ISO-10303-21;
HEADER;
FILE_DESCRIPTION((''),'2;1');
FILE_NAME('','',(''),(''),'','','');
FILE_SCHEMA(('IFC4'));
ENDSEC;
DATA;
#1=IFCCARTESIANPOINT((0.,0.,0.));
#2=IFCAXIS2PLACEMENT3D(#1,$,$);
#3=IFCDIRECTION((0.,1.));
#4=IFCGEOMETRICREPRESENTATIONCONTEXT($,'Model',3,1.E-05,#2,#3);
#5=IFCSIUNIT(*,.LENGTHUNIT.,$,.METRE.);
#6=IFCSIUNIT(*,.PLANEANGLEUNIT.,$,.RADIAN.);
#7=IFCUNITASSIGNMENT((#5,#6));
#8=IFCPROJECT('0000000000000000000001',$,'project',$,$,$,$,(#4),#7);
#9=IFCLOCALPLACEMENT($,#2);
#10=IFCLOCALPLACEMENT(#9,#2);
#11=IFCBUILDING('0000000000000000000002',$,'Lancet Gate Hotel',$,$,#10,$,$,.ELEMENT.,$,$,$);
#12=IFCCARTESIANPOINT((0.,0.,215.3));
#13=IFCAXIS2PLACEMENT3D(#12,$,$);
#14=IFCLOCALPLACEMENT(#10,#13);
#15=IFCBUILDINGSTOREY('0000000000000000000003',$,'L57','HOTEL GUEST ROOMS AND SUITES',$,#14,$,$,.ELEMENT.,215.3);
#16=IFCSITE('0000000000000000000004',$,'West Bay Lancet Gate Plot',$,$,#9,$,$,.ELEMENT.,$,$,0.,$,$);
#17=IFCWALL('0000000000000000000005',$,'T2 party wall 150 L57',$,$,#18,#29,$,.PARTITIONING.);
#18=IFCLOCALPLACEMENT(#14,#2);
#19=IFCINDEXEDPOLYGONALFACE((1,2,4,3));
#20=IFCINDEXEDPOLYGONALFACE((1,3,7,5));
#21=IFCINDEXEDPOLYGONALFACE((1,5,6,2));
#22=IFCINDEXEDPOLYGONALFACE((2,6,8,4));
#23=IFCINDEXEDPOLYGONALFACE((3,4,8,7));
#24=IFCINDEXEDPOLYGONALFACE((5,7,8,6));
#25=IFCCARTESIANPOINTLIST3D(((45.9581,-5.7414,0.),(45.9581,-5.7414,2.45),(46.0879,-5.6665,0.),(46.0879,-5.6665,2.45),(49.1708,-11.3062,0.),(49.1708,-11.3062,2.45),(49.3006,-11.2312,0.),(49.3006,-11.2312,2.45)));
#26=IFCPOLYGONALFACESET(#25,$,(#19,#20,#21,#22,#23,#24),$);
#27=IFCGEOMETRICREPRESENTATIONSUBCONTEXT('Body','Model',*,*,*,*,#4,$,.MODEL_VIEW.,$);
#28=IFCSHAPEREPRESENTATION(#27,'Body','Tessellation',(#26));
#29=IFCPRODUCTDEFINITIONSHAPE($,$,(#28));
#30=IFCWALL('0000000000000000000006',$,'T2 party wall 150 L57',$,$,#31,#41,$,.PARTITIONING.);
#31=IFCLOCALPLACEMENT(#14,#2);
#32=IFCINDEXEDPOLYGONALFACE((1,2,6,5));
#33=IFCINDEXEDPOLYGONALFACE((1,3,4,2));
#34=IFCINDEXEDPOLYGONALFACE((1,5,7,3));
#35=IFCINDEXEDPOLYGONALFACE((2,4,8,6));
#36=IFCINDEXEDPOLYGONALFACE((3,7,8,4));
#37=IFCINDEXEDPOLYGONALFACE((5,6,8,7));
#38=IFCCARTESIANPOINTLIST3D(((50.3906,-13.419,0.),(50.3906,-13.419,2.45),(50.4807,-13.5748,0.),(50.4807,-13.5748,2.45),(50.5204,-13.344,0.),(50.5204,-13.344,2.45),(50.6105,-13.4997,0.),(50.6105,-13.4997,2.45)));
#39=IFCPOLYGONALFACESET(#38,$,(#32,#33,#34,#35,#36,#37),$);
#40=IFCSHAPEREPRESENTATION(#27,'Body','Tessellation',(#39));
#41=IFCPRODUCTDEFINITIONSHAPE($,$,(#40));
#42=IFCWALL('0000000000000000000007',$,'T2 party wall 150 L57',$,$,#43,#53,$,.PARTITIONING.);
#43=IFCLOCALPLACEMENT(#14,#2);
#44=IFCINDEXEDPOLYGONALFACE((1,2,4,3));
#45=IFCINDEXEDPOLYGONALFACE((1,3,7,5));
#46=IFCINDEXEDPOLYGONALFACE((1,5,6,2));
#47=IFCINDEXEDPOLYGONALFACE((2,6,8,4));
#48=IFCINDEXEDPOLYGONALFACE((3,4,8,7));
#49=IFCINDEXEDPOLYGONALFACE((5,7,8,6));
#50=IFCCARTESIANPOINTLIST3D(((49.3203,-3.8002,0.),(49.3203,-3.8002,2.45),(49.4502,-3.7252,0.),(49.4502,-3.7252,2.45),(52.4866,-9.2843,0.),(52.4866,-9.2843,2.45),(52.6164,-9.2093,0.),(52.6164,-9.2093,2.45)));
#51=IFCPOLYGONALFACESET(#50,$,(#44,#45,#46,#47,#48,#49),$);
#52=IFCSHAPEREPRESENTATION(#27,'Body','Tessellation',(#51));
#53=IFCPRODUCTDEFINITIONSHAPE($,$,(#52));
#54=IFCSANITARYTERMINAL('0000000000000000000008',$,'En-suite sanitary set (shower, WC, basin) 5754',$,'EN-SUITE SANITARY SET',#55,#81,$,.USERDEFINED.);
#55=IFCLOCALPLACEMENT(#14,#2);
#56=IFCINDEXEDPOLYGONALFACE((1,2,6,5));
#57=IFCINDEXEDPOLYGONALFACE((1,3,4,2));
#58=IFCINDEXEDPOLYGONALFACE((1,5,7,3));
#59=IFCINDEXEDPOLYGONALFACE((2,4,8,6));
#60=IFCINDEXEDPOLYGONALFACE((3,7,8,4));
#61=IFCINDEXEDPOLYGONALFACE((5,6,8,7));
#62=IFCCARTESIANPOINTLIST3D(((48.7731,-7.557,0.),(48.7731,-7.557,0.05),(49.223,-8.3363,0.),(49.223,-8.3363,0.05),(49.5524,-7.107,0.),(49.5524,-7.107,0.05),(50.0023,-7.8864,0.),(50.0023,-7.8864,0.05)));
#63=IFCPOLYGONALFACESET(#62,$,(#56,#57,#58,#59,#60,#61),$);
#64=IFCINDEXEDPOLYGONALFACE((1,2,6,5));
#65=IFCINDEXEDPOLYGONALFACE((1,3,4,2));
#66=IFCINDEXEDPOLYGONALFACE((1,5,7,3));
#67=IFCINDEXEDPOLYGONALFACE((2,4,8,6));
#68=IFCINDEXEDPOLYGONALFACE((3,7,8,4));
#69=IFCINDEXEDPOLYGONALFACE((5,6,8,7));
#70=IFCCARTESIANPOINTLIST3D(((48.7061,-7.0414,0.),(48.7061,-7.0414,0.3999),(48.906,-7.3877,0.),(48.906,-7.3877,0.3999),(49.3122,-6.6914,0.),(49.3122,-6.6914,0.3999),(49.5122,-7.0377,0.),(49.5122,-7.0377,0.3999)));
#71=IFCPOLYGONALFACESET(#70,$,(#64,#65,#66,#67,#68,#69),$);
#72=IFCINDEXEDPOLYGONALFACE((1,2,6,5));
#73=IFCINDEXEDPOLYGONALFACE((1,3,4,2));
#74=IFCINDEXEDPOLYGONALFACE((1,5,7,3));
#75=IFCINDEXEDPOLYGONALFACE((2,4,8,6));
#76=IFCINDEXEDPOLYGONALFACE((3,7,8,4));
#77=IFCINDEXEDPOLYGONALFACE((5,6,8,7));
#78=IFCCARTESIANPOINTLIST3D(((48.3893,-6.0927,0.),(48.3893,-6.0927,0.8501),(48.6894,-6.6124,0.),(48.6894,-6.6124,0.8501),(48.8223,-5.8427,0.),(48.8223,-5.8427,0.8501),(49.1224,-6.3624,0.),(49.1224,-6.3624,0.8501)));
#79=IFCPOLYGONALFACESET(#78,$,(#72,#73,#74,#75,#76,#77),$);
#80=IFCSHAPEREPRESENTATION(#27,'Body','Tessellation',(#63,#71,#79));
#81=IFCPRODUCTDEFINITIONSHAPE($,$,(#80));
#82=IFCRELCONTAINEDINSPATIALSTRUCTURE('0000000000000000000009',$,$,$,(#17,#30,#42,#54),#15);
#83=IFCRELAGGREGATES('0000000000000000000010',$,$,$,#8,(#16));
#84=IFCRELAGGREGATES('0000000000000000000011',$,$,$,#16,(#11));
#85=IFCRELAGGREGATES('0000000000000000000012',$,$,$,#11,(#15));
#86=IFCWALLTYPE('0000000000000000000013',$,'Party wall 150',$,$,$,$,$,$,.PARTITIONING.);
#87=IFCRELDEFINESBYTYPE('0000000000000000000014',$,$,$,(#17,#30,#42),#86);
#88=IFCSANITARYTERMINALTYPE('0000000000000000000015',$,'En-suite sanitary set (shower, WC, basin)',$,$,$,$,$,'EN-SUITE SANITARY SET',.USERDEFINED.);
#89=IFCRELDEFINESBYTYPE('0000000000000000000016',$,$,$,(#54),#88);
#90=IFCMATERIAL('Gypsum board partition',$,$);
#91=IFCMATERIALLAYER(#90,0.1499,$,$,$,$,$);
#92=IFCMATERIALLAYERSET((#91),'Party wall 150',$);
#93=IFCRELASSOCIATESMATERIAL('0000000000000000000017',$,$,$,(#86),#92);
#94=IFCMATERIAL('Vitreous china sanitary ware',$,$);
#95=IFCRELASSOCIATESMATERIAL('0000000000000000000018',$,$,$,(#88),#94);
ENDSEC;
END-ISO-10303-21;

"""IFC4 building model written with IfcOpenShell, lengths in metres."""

from ifc_helpers import new_model, si_unit, direction, frame, frame_2d, origin, origin_2d, place, context, subcontext, project, spatial, rectangle, extrude, material, layer, layer_set, type_object, element, save


model = new_model("IFC4")

# Units and contexts
model_context = context("Model", 3, precision=1e-05, world=origin(), true_north=direction((0.0, 1.0)))
body_context = subcontext(model_context, "Body", "Model", "MODEL_VIEW")
ifc_project = project(units=[si_unit("LENGTHUNIT", "METRE"), si_unit("PLANEANGLEUNIT", "RADIAN")], contexts=[model_context])

# Site, building, storey
site_placement = place(None, origin())
site = spatial("IfcSite", under=ifc_project, at=site_placement, Name="West Bay Lancet Gate Plot", CompositionType="ELEMENT", RefElevation=0.0)
building_placement = place(site_placement, origin())
building = spatial("IfcBuilding", under=site, at=building_placement, Name="Lancet Gate Hotel", CompositionType="ELEMENT")
storey_placement = place(building_placement, frame((0.0, 0.0, 215.3)))
storey = spatial("IfcBuildingStorey", under=building, at=storey_placement, Name="L57", Description="HOTEL GUEST ROOMS AND SUITES", CompositionType="ELEMENT", Elevation=215.3)

# Walls
ifc_material_1 = material(Name="Gypsum board partition")
ifc_layer_1 = layer(ifc_material_1, 0.1499)
ifc_layer_set_1 = layer_set([ifc_layer_1], Name="Party wall 150")
wall_type_1 = type_object("IfcWallType", Name="Party wall 150", PredefinedType="PARTITIONING", material=ifc_layer_set_1)
wall_1_placement = place(storey_placement, frame((46.0229, -5.7039, 0.0), z_axis=(0.0, 0.0, 1.0), x_axis=(0.499984, -0.866034, 0.0)))
element("IfcWall", 1, at=wall_1_placement, inside=storey, type_object=wall_type_1, Name="T2 party wall 150 L57", PredefinedType="PARTITIONING", context=body_context, shape_type="SweptSolid", body=[
    extrude(rectangle(XDim=6.4255, YDim=0.1499, at=frame_2d((3.2129, 0.0))), origin(), (0.0, 0.0, 1.0), 2.45),
])
wall_2_placement = place(storey_placement, frame((50.4556, -13.3816, 0.0), z_axis=(0.0, 0.0, 1.0), x_axis=(0.500662, -0.865643, 0.0)))
element("IfcWall", 2, at=wall_2_placement, inside=storey, type_object=wall_type_1, Name="T2 party wall 150 L57", PredefinedType="PARTITIONING", context=body_context, shape_type="SweptSolid", body=[
    extrude(rectangle(XDim=0.1799, YDim=0.1499, at=frame_2d((0.0898, 0.0))), origin(), (0.0, 0.0, 1.0), 2.45),
])
wall_3_placement = place(storey_placement, frame((49.3853, -3.7627, 0.0), z_axis=(0.0, 0.0, 1.0), x_axis=(0.499999, -0.866026, 0.0)))
element("IfcWall", 3, at=wall_3_placement, inside=storey, type_object=wall_type_1, Name="T2 party wall 150 L57", PredefinedType="PARTITIONING", context=body_context, shape_type="SweptSolid", body=[
    extrude(rectangle(XDim=6.3325, YDim=0.1499, at=frame_2d((3.1663, 0.0))), origin(), (0.0, 0.0, 1.0), 2.45),
])

# Sanitary terminal
ifc_material_2 = material(Name="Vitreous china sanitary ware")
sanitary_terminal_type = type_object("IfcSanitaryTerminalType", Name="En-suite sanitary set (shower, WC, basin)", ElementType="EN-SUITE SANITARY SET", PredefinedType="USERDEFINED", material=ifc_material_2)
sanitary_terminal_placement = place(storey_placement, frame((49.3877, -7.7217, 0.0), z_axis=(0.0, 0.0, 1.0), x_axis=(1.0, 0.0, 0.0)))
element("IfcSanitaryTerminal", 4, at=sanitary_terminal_placement, inside=storey, type_object=sanitary_terminal_type, Name="En-suite sanitary set (shower, WC, basin) 5754", ObjectType="EN-SUITE SANITARY SET", PredefinedType="USERDEFINED", context=body_context, shape_type="SweptSolid", body=[
    extrude(rectangle(XDim=0.8999, YDim=0.8999, at=origin_2d()), frame((0.0, 0.0, 0.0), z_axis=(0.0, 0.0, 1.0), x_axis=(0.5, -0.866025, 0.0)), (0.0, 0.0, 1.0), 0.05),
    extrude(rectangle(XDim=0.3999, YDim=0.7, at=origin_2d()), frame((-0.2786, 0.6821, 0.0), z_axis=(0.0, 0.0, 1.0), x_axis=(0.5, -0.866025, 0.0)), (0.0, 0.0, 1.0), 0.3999),
    extrude(rectangle(XDim=0.6001, YDim=0.5, at=origin_2d()), frame((-0.6318, 1.4941, 0.0), z_axis=(0.0, 0.0, 1.0), x_axis=(0.5, -0.866025, 0.0)), (0.0, 0.0, 1.0), 0.8501),
])

save(model, "model.ifc")
